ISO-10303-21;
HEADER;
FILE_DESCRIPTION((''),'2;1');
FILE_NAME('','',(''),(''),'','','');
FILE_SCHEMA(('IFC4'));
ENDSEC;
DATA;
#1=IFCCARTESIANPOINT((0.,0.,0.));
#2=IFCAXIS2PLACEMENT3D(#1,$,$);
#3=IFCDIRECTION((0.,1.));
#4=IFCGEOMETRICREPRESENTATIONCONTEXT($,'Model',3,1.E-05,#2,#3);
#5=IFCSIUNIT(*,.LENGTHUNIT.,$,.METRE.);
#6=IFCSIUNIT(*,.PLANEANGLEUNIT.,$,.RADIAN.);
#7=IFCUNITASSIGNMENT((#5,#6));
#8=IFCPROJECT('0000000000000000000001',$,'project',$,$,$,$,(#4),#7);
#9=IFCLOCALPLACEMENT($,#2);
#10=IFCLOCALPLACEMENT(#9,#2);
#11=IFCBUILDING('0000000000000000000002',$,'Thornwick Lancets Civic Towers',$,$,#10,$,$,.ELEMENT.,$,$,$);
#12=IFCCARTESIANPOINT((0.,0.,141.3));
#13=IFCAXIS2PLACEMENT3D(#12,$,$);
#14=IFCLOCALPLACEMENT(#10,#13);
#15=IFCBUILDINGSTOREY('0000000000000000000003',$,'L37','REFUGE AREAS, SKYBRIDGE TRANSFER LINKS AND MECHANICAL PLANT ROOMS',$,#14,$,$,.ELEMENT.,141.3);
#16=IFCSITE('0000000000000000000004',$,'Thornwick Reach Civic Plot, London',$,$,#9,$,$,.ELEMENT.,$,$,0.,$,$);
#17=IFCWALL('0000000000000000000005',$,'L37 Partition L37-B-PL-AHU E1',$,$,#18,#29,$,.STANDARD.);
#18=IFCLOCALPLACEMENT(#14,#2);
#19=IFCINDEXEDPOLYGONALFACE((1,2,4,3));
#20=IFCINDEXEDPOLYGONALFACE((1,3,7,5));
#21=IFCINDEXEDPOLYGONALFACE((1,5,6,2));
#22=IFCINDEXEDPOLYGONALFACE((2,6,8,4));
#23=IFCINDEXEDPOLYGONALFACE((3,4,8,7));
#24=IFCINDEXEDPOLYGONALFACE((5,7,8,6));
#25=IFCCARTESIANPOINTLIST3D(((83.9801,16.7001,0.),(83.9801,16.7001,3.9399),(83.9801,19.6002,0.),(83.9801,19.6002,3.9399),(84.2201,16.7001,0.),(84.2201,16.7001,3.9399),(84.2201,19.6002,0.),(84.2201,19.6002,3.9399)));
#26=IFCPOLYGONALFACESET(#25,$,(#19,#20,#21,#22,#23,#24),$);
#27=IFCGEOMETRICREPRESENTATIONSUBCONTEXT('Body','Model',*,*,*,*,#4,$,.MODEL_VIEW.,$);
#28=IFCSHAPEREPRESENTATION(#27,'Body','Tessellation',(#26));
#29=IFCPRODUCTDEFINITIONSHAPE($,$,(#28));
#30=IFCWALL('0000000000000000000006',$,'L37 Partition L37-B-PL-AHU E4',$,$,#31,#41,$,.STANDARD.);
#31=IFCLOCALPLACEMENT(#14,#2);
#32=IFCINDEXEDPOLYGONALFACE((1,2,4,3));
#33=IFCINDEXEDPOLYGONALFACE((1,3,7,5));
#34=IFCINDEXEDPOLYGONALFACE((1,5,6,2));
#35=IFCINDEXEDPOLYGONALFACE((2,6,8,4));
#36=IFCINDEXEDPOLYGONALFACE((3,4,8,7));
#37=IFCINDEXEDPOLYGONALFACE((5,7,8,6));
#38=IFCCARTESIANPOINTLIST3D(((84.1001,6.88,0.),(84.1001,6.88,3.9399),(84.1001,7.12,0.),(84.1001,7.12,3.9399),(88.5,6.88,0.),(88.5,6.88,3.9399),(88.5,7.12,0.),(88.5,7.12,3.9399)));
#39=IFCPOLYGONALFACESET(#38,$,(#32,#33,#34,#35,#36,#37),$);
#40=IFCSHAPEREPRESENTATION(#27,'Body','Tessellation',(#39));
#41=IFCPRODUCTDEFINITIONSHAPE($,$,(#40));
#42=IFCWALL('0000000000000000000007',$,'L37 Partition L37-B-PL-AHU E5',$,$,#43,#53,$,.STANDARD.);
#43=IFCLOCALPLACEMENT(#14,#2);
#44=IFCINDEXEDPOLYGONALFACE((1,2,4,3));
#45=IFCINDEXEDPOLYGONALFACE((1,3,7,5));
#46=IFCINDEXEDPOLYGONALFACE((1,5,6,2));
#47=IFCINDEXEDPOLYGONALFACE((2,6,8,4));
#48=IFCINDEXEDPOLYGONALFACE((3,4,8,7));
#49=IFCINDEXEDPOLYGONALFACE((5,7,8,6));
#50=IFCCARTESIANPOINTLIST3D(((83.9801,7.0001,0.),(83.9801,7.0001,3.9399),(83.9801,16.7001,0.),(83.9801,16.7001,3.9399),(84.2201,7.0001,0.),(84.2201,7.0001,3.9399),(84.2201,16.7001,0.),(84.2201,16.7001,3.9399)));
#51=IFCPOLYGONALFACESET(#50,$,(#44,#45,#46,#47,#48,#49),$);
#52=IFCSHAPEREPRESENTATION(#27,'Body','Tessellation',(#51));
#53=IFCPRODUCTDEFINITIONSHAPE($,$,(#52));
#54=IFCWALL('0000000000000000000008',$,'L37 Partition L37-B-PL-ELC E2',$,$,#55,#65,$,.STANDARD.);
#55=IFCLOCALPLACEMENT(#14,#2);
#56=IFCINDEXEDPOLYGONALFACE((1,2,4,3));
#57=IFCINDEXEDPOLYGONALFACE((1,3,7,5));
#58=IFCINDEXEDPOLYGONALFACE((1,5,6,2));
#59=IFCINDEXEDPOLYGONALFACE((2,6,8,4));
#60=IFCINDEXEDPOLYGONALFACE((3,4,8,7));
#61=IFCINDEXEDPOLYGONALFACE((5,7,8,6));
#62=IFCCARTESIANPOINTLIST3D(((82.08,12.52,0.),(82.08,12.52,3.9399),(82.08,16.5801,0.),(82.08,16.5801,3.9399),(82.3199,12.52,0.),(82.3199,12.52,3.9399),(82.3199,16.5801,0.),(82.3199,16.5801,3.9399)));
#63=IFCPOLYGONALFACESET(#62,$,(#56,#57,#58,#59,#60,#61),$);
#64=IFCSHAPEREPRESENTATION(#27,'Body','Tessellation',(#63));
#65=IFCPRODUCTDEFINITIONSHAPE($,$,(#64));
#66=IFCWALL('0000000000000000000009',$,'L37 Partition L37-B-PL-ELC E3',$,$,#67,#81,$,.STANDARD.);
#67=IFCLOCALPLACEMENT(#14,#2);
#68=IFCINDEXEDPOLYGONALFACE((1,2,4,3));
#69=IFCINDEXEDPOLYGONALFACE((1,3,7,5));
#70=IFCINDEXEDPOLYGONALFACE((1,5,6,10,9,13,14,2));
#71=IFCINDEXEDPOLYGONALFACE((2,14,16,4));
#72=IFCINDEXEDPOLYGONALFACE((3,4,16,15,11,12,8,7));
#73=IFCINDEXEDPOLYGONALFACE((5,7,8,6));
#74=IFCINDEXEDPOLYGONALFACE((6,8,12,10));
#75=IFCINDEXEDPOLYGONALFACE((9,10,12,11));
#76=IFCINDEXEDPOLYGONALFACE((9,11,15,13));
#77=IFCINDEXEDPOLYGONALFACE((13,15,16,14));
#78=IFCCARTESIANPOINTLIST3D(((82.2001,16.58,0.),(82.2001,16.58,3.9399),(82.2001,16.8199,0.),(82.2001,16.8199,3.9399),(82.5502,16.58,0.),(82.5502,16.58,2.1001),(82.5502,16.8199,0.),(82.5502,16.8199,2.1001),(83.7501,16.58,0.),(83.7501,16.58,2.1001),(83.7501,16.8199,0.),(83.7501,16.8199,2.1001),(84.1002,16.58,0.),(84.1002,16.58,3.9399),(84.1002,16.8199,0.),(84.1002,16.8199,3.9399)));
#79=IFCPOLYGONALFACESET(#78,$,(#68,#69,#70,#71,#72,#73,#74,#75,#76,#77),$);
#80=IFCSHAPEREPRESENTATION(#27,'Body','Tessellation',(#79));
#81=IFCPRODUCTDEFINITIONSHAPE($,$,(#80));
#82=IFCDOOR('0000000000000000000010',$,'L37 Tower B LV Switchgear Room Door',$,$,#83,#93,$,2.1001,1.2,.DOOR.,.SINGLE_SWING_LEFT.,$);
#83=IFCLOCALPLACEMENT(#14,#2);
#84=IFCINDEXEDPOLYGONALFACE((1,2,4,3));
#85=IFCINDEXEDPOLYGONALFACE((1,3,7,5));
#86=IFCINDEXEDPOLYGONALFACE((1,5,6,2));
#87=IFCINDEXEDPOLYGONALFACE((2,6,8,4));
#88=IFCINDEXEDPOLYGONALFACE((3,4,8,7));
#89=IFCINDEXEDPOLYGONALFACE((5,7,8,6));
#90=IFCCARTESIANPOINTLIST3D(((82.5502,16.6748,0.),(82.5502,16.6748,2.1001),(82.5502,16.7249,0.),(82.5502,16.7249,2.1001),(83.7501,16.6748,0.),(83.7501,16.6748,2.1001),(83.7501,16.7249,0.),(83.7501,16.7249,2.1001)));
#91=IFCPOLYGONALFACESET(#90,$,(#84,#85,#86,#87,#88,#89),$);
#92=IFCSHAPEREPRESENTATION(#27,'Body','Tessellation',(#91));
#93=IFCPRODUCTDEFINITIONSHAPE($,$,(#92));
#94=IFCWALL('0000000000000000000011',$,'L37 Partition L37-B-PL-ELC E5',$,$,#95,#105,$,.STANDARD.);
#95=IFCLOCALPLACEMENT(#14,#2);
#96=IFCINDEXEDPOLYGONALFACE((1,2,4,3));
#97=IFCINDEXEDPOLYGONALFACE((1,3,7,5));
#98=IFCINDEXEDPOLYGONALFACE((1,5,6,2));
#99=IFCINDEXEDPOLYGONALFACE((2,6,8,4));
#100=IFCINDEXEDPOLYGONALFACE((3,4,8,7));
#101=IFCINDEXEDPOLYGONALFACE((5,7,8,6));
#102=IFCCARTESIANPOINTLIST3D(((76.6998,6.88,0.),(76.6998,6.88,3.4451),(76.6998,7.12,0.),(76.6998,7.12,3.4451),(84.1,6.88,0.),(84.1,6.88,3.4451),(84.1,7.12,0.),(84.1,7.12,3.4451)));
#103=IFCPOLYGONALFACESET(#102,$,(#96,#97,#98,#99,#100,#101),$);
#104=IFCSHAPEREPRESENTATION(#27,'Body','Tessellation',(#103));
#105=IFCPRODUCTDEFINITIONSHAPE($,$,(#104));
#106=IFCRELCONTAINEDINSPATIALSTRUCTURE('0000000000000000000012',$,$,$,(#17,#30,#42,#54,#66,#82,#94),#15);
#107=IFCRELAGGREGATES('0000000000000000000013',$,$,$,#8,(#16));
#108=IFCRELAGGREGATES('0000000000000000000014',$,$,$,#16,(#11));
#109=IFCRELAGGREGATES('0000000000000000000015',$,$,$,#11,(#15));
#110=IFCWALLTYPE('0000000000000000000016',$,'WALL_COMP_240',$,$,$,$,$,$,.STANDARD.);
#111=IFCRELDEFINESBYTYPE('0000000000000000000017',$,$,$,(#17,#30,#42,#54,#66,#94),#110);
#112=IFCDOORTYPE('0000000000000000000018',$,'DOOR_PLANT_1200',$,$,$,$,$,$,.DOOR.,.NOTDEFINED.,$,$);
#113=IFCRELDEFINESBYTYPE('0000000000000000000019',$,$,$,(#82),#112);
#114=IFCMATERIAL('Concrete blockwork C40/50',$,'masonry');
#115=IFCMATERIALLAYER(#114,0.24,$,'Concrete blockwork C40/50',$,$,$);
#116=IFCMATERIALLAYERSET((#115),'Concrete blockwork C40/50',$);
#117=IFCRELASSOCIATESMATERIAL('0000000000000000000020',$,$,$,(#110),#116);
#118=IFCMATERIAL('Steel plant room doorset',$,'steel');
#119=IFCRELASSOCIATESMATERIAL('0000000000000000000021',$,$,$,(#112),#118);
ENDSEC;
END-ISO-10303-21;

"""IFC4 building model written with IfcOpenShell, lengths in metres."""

from ifc_helpers import new_model, si_unit, direction, frame, frame_2d, origin, place, context, subcontext, project, spatial, rectangle, extrude, material, layer, layer_set, type_object, element, fill, save


model = new_model("IFC4")

# Units and contexts
model_context = context("Model", 3, precision=1e-05, world=origin(), true_north=direction((0.0, 1.0)))
body_context = subcontext(model_context, "Body", "Model", "MODEL_VIEW")
ifc_project = project(units=[si_unit("LENGTHUNIT", "METRE"), si_unit("PLANEANGLEUNIT", "RADIAN")], contexts=[model_context])

# Site, building, storey
site_placement = place(None, origin())
site = spatial("IfcSite", under=ifc_project, at=site_placement, Name="Thornwick Reach Civic Plot, London", CompositionType="ELEMENT", RefElevation=0.0)
building_placement = place(site_placement, origin())
building = spatial("IfcBuilding", under=site, at=building_placement, Name="Thornwick Lancets Civic Towers", CompositionType="ELEMENT")
storey_placement = place(building_placement, frame((0.0, 0.0, 141.3)))
storey = spatial("IfcBuildingStorey", under=building, at=storey_placement, Name="L37", Description="REFUGE AREAS, SKYBRIDGE TRANSFER LINKS AND MECHANICAL PLANT ROOMS", CompositionType="ELEMENT", Elevation=141.3)

# Walls
ifc_material_1 = material(Name="Concrete blockwork C40/50", Category="masonry")
ifc_layer_1 = layer(ifc_material_1, 0.24, Name="Concrete blockwork C40/50")
ifc_layer_set_1 = layer_set([ifc_layer_1], Name="Concrete blockwork C40/50")
wall_type_1 = type_object("IfcWallType", Name="WALL_COMP_240", PredefinedType="STANDARD", material=ifc_layer_set_1)
wall_1_placement = place(storey_placement, frame((84.1001, 16.7, 0.0), z_axis=(0.0, 0.0, 1.0), x_axis=(0.0, 1.0, 0.0)))
element("IfcWall", 1, at=wall_1_placement, inside=storey, type_object=wall_type_1, Name="L37 Partition L37-B-PL-AHU E1", PredefinedType="STANDARD", context=body_context, shape_type="SweptSolid", body=[
    extrude(rectangle(XDim=2.9001, YDim=0.24, at=frame_2d((1.4502, 0.0))), origin(), (0.0, 0.0, 1.0), 3.9399),
])
wall_2_placement = place(storey_placement, frame((88.5, 7.0, 0.0), z_axis=(0.0, 0.0, 1.0), x_axis=(-1.0, 0.0, 0.0)))
element("IfcWall", 2, at=wall_2_placement, inside=storey, type_object=wall_type_1, Name="L37 Partition L37-B-PL-AHU E4", PredefinedType="STANDARD", context=body_context, shape_type="SweptSolid", body=[
    extrude(rectangle(XDim=4.3999, YDim=0.24, at=frame_2d((2.2, 0.0))), origin(), (0.0, 0.0, 1.0), 3.9399),
])
wall_3_placement = place(storey_placement, frame((84.1001, 7.0, 0.0), z_axis=(0.0, 0.0, 1.0), x_axis=(0.0, 1.0, 0.0)))
element("IfcWall", 3, at=wall_3_placement, inside=storey, type_object=wall_type_1, Name="L37 Partition L37-B-PL-AHU E5", PredefinedType="STANDARD", context=body_context, shape_type="SweptSolid", body=[
    extrude(rectangle(XDim=9.7, YDim=0.24, at=frame_2d((4.8501, 0.0))), origin(), (0.0, 0.0, 1.0), 3.9399),
])
wall_4_placement = place(storey_placement, frame((82.2, 12.52, 0.0), z_axis=(0.0, 0.0, 1.0), x_axis=(0.0, 1.0, 0.0)))
element("IfcWall", 4, at=wall_4_placement, inside=storey, type_object=wall_type_1, Name="L37 Partition L37-B-PL-ELC E2", PredefinedType="STANDARD", context=body_context, shape_type="SweptSolid", body=[
    extrude(rectangle(XDim=4.0601, YDim=0.24, at=frame_2d((2.03, 0.0))), origin(), (0.0, 0.0, 1.0), 3.9399),
])

# Wall, opening, door
wall_5_placement = place(storey_placement, frame((82.2, 16.7, 0.0), z_axis=(0.0, 0.0, 1.0), x_axis=(1.0, 0.0, 0.0)))
wall_5 = element("IfcWall", 5, at=wall_5_placement, inside=storey, type_object=wall_type_1, Name="L37 Partition L37-B-PL-ELC E3", PredefinedType="STANDARD", context=body_context, shape_type="SweptSolid", body=[
    extrude(rectangle(XDim=1.9001, YDim=0.24, at=frame_2d((0.9502, 0.0))), origin(), (0.0, 0.0, 1.0), 3.9399),
])
opening_placement = place(wall_5_placement, frame((0.3501, 0.0, 0.0)))
opening = element("IfcOpeningElement", 6, at=opening_placement, cuts=wall_5, PredefinedType="OPENING", context=body_context, shape_type="SweptSolid", body=[
    extrude(rectangle(XDim=1.2, YDim=2.1001, at=frame_2d((0.6001, 1.05))), frame((0.0, 0.1299, 0.0), z_axis=(0.0, -1.0, 0.0), x_axis=(1.0, 0.0, 0.0)), (0.0, 0.0, 1.0), 0.26),
])
ifc_material_2 = material(Name="Steel plant room doorset", Category="steel")
door_type = type_object("IfcDoorType", Name="DOOR_PLANT_1200", OperationType="NOTDEFINED", PredefinedType="DOOR", material=ifc_material_2)
door_placement = place(opening_placement, origin())
door = element("IfcDoor", 7, at=door_placement, inside=storey, type_object=door_type, Name="L37 Tower B LV Switchgear Room Door", OperationType="SINGLE_SWING_LEFT", OverallHeight=2.1001, OverallWidth=1.2, PredefinedType="DOOR", context=body_context, shape_type="SweptSolid", body=[
    extrude(rectangle(XDim=1.2, YDim=2.1001, at=frame_2d((0.6001, 1.05))), frame((0.0, 0.0249, 0.0), z_axis=(0.0, -1.0, 0.0), x_axis=(1.0, 0.0, 0.0)), (0.0, 0.0, 1.0), 0.05),
])
fill(opening, door)

# Wall
wall_6_placement = place(storey_placement, frame((84.1001, 7.0, 0.0), z_axis=(0.0, 0.0, 1.0), x_axis=(-1.0, 0.0, 0.0)))
element("IfcWall", 8, at=wall_6_placement, inside=storey, type_object=wall_type_1, Name="L37 Partition L37-B-PL-ELC E5", PredefinedType="STANDARD", context=body_context, shape_type="SweptSolid", body=[
    extrude(rectangle(XDim=7.4001, YDim=0.24, at=frame_2d((3.7002, 0.0))), origin(), (0.0, 0.0, 1.0), 3.4451),
])

save(model, "model.ifc")
